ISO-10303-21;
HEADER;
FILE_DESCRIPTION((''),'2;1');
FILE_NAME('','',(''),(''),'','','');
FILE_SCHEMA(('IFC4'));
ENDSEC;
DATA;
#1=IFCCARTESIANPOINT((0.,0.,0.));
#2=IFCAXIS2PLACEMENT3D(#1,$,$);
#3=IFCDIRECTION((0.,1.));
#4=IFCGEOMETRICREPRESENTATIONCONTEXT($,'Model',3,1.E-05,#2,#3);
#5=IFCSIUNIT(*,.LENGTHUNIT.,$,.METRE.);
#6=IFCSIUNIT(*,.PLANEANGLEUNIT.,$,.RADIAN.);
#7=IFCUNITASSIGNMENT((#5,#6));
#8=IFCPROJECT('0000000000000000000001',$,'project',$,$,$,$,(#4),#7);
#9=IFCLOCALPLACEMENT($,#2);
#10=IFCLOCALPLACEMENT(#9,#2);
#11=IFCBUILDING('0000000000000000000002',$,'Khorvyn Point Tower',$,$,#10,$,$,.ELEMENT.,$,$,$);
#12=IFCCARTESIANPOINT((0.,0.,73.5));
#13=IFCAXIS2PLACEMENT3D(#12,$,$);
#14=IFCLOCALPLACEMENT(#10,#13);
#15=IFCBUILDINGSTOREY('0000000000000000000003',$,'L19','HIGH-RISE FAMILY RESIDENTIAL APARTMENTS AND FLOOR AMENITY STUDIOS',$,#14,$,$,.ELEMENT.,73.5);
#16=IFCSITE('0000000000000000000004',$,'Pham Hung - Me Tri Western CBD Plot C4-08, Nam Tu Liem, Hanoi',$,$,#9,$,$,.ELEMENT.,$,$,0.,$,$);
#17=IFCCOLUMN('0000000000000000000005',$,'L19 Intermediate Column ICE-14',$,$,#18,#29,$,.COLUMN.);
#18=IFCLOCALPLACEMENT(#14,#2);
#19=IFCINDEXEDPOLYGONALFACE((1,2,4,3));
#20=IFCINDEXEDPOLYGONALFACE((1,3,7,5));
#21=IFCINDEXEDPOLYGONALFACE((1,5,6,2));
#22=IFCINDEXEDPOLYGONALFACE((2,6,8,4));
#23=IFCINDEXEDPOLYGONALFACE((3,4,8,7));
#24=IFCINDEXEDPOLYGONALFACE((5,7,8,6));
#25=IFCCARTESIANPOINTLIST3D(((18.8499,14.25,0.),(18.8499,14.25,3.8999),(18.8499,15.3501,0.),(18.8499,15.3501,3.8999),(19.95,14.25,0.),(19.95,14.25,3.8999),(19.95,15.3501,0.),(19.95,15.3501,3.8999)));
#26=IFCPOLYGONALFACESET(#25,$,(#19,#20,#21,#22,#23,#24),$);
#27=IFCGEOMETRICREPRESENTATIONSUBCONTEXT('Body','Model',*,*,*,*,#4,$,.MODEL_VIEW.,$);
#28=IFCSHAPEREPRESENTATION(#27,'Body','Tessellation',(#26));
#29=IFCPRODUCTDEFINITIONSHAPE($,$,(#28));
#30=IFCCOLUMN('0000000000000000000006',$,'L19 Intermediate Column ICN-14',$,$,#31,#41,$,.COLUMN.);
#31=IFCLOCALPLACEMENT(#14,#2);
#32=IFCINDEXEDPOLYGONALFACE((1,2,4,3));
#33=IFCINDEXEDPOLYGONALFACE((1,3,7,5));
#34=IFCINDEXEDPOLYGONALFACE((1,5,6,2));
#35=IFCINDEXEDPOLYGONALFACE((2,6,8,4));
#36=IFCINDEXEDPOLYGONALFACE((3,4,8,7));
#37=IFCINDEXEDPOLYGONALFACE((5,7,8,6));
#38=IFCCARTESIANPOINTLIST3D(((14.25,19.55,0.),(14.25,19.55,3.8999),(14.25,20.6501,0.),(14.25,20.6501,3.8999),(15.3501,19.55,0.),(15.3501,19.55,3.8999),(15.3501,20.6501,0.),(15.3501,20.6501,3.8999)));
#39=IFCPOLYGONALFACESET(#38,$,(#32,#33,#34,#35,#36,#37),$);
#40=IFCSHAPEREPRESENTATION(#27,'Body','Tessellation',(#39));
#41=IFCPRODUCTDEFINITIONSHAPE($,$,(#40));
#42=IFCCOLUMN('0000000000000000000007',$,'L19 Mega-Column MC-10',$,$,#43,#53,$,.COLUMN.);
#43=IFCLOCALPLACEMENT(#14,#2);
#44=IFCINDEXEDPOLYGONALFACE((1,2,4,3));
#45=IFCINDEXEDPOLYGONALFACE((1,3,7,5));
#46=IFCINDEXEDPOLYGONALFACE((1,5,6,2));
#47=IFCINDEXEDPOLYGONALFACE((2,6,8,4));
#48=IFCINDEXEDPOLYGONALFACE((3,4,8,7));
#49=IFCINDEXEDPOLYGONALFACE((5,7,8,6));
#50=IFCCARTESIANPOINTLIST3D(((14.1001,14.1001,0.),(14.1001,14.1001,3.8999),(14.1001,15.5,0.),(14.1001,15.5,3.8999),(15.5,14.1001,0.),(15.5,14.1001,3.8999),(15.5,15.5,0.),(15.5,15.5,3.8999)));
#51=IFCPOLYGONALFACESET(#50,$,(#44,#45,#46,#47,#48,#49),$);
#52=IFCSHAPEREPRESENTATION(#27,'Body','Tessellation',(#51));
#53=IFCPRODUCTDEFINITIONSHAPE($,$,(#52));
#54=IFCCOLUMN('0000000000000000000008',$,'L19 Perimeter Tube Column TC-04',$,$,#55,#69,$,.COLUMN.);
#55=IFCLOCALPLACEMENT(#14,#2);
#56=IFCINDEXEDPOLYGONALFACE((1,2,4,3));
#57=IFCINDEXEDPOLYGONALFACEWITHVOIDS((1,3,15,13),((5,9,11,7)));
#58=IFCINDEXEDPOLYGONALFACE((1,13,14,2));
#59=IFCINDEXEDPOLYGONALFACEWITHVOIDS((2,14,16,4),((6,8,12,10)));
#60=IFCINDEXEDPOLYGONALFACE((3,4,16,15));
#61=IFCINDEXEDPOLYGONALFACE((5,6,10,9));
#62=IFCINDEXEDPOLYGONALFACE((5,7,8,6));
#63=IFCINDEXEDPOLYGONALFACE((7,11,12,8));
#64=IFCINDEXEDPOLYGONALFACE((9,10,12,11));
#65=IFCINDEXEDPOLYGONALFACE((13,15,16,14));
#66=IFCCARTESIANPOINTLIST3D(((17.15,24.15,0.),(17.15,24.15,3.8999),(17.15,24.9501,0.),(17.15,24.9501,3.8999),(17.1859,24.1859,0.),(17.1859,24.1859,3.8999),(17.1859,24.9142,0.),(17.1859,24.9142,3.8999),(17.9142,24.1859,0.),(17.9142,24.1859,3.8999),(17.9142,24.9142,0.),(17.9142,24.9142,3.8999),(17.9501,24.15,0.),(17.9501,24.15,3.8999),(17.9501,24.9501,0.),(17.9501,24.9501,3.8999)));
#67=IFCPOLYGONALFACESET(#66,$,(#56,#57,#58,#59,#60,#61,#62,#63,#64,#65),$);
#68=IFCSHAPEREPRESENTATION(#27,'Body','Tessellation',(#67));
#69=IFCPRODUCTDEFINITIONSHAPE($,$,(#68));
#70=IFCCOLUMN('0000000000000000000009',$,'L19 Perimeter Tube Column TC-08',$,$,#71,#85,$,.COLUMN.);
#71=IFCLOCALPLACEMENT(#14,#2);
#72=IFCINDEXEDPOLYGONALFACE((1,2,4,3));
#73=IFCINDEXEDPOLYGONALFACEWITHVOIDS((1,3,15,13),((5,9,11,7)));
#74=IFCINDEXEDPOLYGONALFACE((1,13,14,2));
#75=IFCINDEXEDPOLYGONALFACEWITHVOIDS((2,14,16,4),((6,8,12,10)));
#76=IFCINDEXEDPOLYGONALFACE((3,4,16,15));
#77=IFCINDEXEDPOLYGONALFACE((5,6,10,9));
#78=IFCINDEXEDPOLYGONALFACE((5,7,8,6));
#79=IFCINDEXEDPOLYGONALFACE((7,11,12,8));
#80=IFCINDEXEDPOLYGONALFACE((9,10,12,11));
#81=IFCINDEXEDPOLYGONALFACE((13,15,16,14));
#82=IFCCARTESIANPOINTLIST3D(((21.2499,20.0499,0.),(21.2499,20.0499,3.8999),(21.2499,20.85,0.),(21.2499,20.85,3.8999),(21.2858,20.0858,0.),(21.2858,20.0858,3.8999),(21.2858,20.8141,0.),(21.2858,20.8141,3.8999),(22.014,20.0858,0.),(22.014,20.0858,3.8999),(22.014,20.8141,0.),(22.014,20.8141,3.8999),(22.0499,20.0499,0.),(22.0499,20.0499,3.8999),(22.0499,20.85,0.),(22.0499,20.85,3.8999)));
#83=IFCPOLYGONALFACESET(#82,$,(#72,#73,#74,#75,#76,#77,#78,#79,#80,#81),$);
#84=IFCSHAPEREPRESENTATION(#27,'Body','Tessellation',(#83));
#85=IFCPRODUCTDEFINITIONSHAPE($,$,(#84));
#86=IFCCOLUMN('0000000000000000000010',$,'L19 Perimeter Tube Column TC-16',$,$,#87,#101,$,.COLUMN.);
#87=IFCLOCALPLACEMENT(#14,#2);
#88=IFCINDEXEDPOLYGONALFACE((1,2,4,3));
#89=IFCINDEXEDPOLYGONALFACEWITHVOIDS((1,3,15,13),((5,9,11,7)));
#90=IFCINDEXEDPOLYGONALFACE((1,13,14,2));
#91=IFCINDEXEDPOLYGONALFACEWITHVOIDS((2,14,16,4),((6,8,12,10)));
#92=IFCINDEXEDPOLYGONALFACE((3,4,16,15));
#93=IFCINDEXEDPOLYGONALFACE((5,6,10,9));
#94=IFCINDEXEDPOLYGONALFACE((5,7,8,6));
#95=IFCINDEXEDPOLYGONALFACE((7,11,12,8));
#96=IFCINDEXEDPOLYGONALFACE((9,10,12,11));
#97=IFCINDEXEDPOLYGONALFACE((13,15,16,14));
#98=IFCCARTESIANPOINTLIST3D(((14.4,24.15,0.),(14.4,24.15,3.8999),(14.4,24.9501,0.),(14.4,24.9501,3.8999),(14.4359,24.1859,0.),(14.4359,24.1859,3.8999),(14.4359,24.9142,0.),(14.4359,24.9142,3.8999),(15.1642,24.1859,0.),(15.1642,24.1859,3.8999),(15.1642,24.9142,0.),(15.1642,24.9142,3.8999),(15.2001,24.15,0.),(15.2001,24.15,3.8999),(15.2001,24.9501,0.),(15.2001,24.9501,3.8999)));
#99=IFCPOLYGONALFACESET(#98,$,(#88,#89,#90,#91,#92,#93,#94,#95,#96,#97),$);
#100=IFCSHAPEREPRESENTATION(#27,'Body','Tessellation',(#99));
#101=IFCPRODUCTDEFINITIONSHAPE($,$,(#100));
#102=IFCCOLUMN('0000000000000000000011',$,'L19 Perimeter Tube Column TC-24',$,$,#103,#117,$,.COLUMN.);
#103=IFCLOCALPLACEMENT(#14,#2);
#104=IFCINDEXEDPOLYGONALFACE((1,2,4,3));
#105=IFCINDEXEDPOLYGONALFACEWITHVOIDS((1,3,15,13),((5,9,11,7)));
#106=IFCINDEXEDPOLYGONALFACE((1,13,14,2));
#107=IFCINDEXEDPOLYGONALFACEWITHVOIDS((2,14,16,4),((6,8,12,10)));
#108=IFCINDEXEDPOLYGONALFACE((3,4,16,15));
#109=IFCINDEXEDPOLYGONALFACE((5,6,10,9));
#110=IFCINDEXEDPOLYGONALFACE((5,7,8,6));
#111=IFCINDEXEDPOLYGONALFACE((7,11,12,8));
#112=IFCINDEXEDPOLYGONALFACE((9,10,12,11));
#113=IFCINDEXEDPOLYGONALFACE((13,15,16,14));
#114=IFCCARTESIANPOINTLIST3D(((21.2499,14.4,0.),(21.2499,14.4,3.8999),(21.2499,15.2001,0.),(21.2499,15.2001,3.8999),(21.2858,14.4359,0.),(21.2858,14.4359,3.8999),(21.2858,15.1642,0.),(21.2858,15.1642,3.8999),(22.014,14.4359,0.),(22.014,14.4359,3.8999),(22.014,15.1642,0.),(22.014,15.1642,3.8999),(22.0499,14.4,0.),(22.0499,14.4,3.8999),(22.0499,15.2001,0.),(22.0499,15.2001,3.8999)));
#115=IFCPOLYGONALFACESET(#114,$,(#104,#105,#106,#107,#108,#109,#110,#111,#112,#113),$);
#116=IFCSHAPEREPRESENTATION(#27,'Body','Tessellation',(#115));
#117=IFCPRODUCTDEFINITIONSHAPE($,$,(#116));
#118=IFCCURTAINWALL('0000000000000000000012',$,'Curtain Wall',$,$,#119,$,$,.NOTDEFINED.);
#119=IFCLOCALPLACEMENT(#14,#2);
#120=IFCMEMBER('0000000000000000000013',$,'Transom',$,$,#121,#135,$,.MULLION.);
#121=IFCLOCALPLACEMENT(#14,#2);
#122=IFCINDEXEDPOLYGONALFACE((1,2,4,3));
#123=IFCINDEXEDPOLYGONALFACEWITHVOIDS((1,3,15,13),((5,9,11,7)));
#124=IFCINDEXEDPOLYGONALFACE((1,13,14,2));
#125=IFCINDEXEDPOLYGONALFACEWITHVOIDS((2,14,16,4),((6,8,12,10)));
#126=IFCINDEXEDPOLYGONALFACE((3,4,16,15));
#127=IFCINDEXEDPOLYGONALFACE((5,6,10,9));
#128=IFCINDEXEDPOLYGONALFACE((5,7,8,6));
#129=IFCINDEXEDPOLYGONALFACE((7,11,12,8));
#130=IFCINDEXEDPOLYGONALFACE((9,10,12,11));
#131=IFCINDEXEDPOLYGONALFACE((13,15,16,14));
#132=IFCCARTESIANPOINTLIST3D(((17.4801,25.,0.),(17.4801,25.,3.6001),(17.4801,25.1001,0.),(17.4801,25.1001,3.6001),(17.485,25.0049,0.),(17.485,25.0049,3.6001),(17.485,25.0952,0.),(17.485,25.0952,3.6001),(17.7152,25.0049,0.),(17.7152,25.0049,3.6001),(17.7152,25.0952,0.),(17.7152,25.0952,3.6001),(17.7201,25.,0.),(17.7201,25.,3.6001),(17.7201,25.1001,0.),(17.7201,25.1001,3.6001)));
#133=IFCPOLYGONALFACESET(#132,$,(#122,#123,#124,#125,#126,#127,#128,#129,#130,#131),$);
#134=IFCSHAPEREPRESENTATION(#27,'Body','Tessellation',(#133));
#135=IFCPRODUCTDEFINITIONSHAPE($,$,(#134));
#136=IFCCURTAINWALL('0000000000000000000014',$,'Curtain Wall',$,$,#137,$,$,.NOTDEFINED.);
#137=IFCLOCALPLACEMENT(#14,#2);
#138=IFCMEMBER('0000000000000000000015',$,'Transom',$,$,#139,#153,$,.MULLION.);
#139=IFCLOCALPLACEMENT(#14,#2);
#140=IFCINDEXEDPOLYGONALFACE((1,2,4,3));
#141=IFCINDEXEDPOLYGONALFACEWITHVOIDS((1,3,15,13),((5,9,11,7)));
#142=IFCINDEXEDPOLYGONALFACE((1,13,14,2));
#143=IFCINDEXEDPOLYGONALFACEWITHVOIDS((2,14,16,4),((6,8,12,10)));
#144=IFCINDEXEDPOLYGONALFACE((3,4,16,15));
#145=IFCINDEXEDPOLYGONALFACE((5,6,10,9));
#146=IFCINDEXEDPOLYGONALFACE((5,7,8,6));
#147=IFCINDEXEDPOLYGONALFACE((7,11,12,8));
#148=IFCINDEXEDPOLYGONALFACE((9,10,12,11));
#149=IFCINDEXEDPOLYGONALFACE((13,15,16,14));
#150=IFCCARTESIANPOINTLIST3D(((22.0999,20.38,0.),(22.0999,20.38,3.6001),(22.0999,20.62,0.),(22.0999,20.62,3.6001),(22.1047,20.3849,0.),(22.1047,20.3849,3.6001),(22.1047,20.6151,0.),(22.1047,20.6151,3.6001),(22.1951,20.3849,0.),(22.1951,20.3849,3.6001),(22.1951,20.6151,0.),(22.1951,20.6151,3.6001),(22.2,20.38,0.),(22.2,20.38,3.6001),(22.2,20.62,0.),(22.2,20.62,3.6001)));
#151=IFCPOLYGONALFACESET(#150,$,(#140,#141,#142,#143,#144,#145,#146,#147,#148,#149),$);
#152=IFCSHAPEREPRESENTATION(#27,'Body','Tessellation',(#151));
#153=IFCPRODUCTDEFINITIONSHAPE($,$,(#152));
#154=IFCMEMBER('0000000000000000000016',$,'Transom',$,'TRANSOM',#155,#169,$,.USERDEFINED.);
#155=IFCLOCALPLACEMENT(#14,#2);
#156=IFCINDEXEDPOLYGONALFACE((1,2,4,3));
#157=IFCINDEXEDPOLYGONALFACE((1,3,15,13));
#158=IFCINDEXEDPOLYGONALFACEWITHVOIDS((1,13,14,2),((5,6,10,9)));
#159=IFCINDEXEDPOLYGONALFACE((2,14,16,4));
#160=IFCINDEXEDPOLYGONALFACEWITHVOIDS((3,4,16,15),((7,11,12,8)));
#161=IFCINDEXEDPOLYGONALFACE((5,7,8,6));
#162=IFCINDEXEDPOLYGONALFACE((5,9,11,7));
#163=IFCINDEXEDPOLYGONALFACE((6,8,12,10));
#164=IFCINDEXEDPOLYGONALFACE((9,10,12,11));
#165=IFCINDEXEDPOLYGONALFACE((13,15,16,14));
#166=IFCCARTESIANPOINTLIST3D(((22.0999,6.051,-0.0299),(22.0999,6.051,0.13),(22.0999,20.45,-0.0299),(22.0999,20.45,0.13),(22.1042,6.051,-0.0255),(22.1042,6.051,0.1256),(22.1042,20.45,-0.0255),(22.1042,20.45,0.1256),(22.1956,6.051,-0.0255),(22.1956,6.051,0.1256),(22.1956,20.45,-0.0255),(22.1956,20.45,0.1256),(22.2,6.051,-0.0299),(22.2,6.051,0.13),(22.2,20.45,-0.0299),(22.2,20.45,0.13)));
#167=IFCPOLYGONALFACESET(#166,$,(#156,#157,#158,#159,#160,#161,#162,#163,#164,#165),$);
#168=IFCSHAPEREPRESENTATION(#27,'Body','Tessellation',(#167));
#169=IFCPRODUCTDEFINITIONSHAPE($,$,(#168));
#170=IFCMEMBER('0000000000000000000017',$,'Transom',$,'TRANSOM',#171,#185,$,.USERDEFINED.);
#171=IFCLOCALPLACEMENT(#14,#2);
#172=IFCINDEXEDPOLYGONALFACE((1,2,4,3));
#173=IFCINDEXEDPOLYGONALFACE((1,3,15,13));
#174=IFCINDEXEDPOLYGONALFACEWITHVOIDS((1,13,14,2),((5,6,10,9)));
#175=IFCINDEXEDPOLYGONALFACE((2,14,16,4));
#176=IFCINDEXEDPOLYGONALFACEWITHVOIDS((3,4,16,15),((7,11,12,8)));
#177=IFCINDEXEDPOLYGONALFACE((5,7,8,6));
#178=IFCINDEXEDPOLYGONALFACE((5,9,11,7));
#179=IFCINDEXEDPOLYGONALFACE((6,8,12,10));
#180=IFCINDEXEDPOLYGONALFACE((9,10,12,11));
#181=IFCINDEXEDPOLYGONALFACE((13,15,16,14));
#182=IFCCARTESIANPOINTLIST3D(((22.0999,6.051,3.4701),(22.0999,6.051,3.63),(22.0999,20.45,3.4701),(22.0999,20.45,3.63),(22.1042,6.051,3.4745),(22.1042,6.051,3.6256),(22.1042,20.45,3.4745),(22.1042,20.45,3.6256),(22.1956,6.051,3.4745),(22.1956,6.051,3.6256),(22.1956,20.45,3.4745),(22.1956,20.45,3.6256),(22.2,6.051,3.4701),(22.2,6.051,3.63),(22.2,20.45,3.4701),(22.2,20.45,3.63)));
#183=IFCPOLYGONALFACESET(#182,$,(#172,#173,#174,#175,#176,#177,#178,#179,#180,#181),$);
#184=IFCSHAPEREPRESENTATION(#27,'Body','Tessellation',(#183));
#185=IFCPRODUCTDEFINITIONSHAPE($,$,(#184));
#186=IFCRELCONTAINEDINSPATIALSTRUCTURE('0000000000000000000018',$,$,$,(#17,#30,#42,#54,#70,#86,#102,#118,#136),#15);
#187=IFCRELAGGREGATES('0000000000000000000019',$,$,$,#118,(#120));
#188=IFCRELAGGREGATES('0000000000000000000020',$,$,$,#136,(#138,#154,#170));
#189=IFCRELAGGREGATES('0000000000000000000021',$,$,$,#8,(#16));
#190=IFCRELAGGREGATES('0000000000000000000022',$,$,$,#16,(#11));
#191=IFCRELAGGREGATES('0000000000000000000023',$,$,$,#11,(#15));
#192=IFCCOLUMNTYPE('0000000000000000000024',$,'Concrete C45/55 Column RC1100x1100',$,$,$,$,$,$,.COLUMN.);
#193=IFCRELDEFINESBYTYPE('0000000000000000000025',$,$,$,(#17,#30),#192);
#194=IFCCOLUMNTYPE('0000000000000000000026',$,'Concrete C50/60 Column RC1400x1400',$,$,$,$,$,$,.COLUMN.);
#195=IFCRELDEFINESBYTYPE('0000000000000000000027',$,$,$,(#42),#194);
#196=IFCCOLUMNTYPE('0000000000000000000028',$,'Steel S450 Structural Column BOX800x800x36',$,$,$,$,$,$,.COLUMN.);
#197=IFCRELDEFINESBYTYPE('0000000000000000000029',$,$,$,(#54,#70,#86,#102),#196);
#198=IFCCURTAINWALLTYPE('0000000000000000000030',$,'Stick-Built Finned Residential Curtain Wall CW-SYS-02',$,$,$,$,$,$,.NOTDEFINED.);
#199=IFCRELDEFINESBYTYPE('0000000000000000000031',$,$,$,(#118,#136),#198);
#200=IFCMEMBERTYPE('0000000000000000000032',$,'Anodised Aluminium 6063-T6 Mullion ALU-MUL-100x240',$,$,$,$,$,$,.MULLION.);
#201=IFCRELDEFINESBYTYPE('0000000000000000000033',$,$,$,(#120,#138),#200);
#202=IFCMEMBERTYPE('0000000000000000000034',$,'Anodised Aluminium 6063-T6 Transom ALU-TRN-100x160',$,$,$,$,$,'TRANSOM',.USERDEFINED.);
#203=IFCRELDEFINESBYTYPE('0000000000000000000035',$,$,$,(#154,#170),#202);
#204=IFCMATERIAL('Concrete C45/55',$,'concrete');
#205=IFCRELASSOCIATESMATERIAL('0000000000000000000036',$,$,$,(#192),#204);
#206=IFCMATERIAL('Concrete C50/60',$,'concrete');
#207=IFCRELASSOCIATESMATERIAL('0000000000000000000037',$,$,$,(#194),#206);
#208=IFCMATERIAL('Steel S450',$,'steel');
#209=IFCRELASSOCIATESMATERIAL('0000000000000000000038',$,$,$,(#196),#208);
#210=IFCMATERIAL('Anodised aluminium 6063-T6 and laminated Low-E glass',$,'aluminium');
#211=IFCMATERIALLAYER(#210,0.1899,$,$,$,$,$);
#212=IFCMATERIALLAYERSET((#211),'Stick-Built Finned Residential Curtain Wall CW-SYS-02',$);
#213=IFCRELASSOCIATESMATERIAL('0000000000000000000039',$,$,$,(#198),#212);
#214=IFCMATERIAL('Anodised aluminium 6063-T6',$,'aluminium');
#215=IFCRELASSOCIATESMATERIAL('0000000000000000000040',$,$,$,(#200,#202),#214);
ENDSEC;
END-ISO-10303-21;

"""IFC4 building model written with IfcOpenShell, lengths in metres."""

from ifc_helpers import new_model, si_unit, direction, frame, origin, origin_2d, place, context, subcontext, project, spatial, rectangle, hollow_rectangle, extrude, material, layer, layer_set, material_profile, profile_set, type_object, element, aggregate, save


model = new_model("IFC4")

# Units and contexts
model_context = context("Model", 3, precision=1e-05, world=origin(), true_north=direction((0.0, 1.0)))
body_context = subcontext(model_context, "Body", "Model", "MODEL_VIEW")
ifc_project = project(units=[si_unit("LENGTHUNIT", "METRE"), si_unit("PLANEANGLEUNIT", "RADIAN")], contexts=[model_context])

# Site, building, storey
site_placement = place(None, origin())
site = spatial("IfcSite", under=ifc_project, at=site_placement, Name="Pham Hung - Me Tri Western CBD Plot C4-08, Nam Tu Liem, Hanoi", CompositionType="ELEMENT", RefElevation=0.0)
building_placement = place(site_placement, origin())
building = spatial("IfcBuilding", under=site, at=building_placement, Name="Khorvyn Point Tower", CompositionType="ELEMENT")
storey_placement = place(building_placement, frame((0.0, 0.0, 73.5)))
storey = spatial("IfcBuildingStorey", under=building, at=storey_placement, Name="L19", Description="HIGH-RISE FAMILY RESIDENTIAL APARTMENTS AND FLOOR AMENITY STUDIOS", CompositionType="ELEMENT", Elevation=73.5)

# Columns
ifc_material_1 = material(Name="Concrete C45/55", Category="concrete")
ifc_material_profile_1 = material_profile(ifc_material_1, rectangle(XDim=1.1001, YDim=1.1001, at=origin_2d()))
ifc_profile_set_1 = profile_set([ifc_material_profile_1], Name="Concrete C45/55 RC1100x1100")
column_type_1 = type_object("IfcColumnType", Name="Concrete C45/55 Column RC1100x1100", PredefinedType="COLUMN", material=ifc_profile_set_1)
for number, where, z_axis, x_axis, name in (
    (1, (19.3999, 14.8, 0.0), (0.0, 0.0, 1.0), (1.0, 0.0, 0.0), "L19 Intermediate Column ICE-14"),
    (2, (14.8, 20.1001, 0.0), (0.0, 0.0, 1.0), (1.0, 0.0, 0.0), "L19 Intermediate Column ICN-14"),
):
    element("IfcColumn", number, at=place(storey_placement, frame(where, z_axis=z_axis, x_axis=x_axis)), inside=storey, type_object=column_type_1, Name=name, PredefinedType="COLUMN", context=body_context, shape_type="SweptSolid", body=[
        extrude(rectangle(XDim=1.1001, YDim=1.1001, at=origin_2d()), origin(), (0.0, 0.0, 1.0), 3.8999),
    ])
ifc_material_2 = material(Name="Concrete C50/60", Category="concrete")
ifc_material_profile_2 = material_profile(ifc_material_2, rectangle(XDim=1.3999, YDim=1.3999, at=origin_2d()))
ifc_profile_set_2 = profile_set([ifc_material_profile_2], Name="Concrete C50/60 RC1400x1400")
column_type_2 = type_object("IfcColumnType", Name="Concrete C50/60 Column RC1400x1400", PredefinedType="COLUMN", material=ifc_profile_set_2)
column_placement = place(storey_placement, frame((14.8, 14.8, 0.0), z_axis=(0.0, 0.0, 1.0), x_axis=(1.0, 0.0, 0.0)))
element("IfcColumn", 3, at=column_placement, inside=storey, type_object=column_type_2, Name="L19 Mega-Column MC-10", PredefinedType="COLUMN", context=body_context, shape_type="SweptSolid", body=[
    extrude(rectangle(XDim=1.3999, YDim=1.3999, at=origin_2d()), origin(), (0.0, 0.0, 1.0), 3.8999),
])
ifc_material_3 = material(Name="Steel S450", Category="steel")
ifc_material_profile_3 = material_profile(ifc_material_3, hollow_rectangle(XDim=0.8, YDim=0.8, WallThickness=0.0359, at=origin_2d()))
ifc_profile_set_3 = profile_set([ifc_material_profile_3], Name="Steel S450 BOX800x800x36")
column_type_3 = type_object("IfcColumnType", Name="Steel S450 Structural Column BOX800x800x36", PredefinedType="COLUMN", material=ifc_profile_set_3)
for number, where, z_axis, x_axis, name in (
    (4, (17.55, 24.55, 0.0), (0.0, 0.0, 1.0), (1.0, 0.0, 0.0), "L19 Perimeter Tube Column TC-04"),
    (5, (21.6499, 20.45, 0.0), (0.0, 0.0, 1.0), (1.0, 0.0, 0.0), "L19 Perimeter Tube Column TC-08"),
    (6, (14.8, 24.55, 0.0), (0.0, 0.0, 1.0), (1.0, 0.0, 0.0), "L19 Perimeter Tube Column TC-16"),
    (7, (21.6499, 14.8, 0.0), (0.0, 0.0, 1.0), (1.0, 0.0, 0.0), "L19 Perimeter Tube Column TC-24"),
):
    element("IfcColumn", number, at=place(storey_placement, frame(where, z_axis=z_axis, x_axis=x_axis)), inside=storey, type_object=column_type_3, Name=name, PredefinedType="COLUMN", context=body_context, shape_type="SweptSolid", body=[
        extrude(hollow_rectangle(XDim=0.8, YDim=0.8, WallThickness=0.0359, at=origin_2d()), origin(), (0.0, 0.0, 1.0), 3.8999),
    ])

# Curtain wall, member
ifc_material_4 = material(Name="Anodised aluminium 6063-T6 and laminated Low-E glass", Category="aluminium")
ifc_layer_1 = layer(ifc_material_4, 0.1899)
ifc_layer_set_1 = layer_set([ifc_layer_1], Name="Stick-Built Finned Residential Curtain Wall CW-SYS-02")
curtain_wall_type = type_object("IfcCurtainWallType", Name="Stick-Built Finned Residential Curtain Wall CW-SYS-02", PredefinedType="NOTDEFINED", material=ifc_layer_set_1)
curtain_wall_1_placement = place(storey_placement, origin())
curtain_wall_1 = element("IfcCurtainWall", 8, at=curtain_wall_1_placement, inside=storey, type_object=curtain_wall_type, Name="Curtain Wall", PredefinedType="NOTDEFINED")
ifc_material_5 = material(Name="Anodised aluminium 6063-T6", Category="aluminium")
ifc_material_profile_4 = material_profile(ifc_material_5, hollow_rectangle(XDim=0.1001, YDim=0.24, WallThickness=0.0049, at=origin_2d()))
ifc_profile_set_4 = profile_set([ifc_material_profile_4], Name="Anodised aluminium 6063-T6 ALU-MUL-100x240")
member_type_1 = type_object("IfcMemberType", Name="Anodised Aluminium 6063-T6 Mullion ALU-MUL-100x240", PredefinedType="MULLION", material=ifc_profile_set_4)
member_1_placement = place(storey_placement, frame((17.6001, 25.05, 0.0), z_axis=(0.0, 0.0, 1.0), x_axis=(0.0, 1.0, 0.0)))
member_1 = element("IfcMember", 9, at=member_1_placement, type_object=member_type_1, Name="Transom", PredefinedType="MULLION", context=body_context, shape_type="SweptSolid", body=[
    extrude(hollow_rectangle(XDim=0.1001, YDim=0.24, WallThickness=0.0049, at=origin_2d()), origin(), (0.0, 0.0, 1.0), 3.6001),
])

# Curtain wall, members
curtain_wall_2_placement = place(storey_placement, origin())
curtain_wall_2 = element("IfcCurtainWall", 10, at=curtain_wall_2_placement, inside=storey, type_object=curtain_wall_type, Name="Curtain Wall", PredefinedType="NOTDEFINED")
member_2_placement = place(storey_placement, frame((22.1499, 20.5, 0.0), z_axis=(0.0, 0.0, 1.0), x_axis=(1.0, 0.0, 0.0)))
member_2 = element("IfcMember", 11, at=member_2_placement, type_object=member_type_1, Name="Transom", PredefinedType="MULLION", context=body_context, shape_type="SweptSolid", body=[
    extrude(hollow_rectangle(XDim=0.1001, YDim=0.24, WallThickness=0.0049, at=origin_2d()), origin(), (0.0, 0.0, 1.0), 3.6001),
])
ifc_material_profile_5 = material_profile(ifc_material_5, hollow_rectangle(XDim=0.1001, YDim=0.1599, WallThickness=0.0044, at=origin_2d()))
ifc_profile_set_5 = profile_set([ifc_material_profile_5], Name="Anodised aluminium 6063-T6 ALU-TRN-100x160")
member_type_2 = type_object("IfcMemberType", Name="Anodised Aluminium 6063-T6 Transom ALU-TRN-100x160", ElementType="TRANSOM", PredefinedType="USERDEFINED", material=ifc_profile_set_5)
member_3_placement = place(storey_placement, frame((22.1499, 20.45, 0.05), z_axis=(0.0, -1.0, 0.0), x_axis=(1.0, 0.0, 0.0)))
member_3 = element("IfcMember", 12, at=member_3_placement, type_object=member_type_2, Name="Transom", ObjectType="TRANSOM", PredefinedType="USERDEFINED", context=body_context, shape_type="SweptSolid", body=[
    extrude(hollow_rectangle(XDim=0.1001, YDim=0.1599, WallThickness=0.0044, at=origin_2d()), origin(), (0.0, 0.0, 1.0), 14.3989),
])
member_4_placement = place(storey_placement, frame((22.1499, 20.45, 3.55), z_axis=(0.0, -1.0, 0.0), x_axis=(1.0, 0.0, 0.0)))
member_4 = element("IfcMember", 13, at=member_4_placement, type_object=member_type_2, Name="Transom", ObjectType="TRANSOM", PredefinedType="USERDEFINED", context=body_context, shape_type="SweptSolid", body=[
    extrude(hollow_rectangle(XDim=0.1001, YDim=0.1599, WallThickness=0.0044, at=origin_2d()), origin(), (0.0, 0.0, 1.0), 14.3989),
])

aggregate(curtain_wall_1, [member_1])
aggregate(curtain_wall_2, [member_2, member_3, member_4])

save(model, "model.ifc")
